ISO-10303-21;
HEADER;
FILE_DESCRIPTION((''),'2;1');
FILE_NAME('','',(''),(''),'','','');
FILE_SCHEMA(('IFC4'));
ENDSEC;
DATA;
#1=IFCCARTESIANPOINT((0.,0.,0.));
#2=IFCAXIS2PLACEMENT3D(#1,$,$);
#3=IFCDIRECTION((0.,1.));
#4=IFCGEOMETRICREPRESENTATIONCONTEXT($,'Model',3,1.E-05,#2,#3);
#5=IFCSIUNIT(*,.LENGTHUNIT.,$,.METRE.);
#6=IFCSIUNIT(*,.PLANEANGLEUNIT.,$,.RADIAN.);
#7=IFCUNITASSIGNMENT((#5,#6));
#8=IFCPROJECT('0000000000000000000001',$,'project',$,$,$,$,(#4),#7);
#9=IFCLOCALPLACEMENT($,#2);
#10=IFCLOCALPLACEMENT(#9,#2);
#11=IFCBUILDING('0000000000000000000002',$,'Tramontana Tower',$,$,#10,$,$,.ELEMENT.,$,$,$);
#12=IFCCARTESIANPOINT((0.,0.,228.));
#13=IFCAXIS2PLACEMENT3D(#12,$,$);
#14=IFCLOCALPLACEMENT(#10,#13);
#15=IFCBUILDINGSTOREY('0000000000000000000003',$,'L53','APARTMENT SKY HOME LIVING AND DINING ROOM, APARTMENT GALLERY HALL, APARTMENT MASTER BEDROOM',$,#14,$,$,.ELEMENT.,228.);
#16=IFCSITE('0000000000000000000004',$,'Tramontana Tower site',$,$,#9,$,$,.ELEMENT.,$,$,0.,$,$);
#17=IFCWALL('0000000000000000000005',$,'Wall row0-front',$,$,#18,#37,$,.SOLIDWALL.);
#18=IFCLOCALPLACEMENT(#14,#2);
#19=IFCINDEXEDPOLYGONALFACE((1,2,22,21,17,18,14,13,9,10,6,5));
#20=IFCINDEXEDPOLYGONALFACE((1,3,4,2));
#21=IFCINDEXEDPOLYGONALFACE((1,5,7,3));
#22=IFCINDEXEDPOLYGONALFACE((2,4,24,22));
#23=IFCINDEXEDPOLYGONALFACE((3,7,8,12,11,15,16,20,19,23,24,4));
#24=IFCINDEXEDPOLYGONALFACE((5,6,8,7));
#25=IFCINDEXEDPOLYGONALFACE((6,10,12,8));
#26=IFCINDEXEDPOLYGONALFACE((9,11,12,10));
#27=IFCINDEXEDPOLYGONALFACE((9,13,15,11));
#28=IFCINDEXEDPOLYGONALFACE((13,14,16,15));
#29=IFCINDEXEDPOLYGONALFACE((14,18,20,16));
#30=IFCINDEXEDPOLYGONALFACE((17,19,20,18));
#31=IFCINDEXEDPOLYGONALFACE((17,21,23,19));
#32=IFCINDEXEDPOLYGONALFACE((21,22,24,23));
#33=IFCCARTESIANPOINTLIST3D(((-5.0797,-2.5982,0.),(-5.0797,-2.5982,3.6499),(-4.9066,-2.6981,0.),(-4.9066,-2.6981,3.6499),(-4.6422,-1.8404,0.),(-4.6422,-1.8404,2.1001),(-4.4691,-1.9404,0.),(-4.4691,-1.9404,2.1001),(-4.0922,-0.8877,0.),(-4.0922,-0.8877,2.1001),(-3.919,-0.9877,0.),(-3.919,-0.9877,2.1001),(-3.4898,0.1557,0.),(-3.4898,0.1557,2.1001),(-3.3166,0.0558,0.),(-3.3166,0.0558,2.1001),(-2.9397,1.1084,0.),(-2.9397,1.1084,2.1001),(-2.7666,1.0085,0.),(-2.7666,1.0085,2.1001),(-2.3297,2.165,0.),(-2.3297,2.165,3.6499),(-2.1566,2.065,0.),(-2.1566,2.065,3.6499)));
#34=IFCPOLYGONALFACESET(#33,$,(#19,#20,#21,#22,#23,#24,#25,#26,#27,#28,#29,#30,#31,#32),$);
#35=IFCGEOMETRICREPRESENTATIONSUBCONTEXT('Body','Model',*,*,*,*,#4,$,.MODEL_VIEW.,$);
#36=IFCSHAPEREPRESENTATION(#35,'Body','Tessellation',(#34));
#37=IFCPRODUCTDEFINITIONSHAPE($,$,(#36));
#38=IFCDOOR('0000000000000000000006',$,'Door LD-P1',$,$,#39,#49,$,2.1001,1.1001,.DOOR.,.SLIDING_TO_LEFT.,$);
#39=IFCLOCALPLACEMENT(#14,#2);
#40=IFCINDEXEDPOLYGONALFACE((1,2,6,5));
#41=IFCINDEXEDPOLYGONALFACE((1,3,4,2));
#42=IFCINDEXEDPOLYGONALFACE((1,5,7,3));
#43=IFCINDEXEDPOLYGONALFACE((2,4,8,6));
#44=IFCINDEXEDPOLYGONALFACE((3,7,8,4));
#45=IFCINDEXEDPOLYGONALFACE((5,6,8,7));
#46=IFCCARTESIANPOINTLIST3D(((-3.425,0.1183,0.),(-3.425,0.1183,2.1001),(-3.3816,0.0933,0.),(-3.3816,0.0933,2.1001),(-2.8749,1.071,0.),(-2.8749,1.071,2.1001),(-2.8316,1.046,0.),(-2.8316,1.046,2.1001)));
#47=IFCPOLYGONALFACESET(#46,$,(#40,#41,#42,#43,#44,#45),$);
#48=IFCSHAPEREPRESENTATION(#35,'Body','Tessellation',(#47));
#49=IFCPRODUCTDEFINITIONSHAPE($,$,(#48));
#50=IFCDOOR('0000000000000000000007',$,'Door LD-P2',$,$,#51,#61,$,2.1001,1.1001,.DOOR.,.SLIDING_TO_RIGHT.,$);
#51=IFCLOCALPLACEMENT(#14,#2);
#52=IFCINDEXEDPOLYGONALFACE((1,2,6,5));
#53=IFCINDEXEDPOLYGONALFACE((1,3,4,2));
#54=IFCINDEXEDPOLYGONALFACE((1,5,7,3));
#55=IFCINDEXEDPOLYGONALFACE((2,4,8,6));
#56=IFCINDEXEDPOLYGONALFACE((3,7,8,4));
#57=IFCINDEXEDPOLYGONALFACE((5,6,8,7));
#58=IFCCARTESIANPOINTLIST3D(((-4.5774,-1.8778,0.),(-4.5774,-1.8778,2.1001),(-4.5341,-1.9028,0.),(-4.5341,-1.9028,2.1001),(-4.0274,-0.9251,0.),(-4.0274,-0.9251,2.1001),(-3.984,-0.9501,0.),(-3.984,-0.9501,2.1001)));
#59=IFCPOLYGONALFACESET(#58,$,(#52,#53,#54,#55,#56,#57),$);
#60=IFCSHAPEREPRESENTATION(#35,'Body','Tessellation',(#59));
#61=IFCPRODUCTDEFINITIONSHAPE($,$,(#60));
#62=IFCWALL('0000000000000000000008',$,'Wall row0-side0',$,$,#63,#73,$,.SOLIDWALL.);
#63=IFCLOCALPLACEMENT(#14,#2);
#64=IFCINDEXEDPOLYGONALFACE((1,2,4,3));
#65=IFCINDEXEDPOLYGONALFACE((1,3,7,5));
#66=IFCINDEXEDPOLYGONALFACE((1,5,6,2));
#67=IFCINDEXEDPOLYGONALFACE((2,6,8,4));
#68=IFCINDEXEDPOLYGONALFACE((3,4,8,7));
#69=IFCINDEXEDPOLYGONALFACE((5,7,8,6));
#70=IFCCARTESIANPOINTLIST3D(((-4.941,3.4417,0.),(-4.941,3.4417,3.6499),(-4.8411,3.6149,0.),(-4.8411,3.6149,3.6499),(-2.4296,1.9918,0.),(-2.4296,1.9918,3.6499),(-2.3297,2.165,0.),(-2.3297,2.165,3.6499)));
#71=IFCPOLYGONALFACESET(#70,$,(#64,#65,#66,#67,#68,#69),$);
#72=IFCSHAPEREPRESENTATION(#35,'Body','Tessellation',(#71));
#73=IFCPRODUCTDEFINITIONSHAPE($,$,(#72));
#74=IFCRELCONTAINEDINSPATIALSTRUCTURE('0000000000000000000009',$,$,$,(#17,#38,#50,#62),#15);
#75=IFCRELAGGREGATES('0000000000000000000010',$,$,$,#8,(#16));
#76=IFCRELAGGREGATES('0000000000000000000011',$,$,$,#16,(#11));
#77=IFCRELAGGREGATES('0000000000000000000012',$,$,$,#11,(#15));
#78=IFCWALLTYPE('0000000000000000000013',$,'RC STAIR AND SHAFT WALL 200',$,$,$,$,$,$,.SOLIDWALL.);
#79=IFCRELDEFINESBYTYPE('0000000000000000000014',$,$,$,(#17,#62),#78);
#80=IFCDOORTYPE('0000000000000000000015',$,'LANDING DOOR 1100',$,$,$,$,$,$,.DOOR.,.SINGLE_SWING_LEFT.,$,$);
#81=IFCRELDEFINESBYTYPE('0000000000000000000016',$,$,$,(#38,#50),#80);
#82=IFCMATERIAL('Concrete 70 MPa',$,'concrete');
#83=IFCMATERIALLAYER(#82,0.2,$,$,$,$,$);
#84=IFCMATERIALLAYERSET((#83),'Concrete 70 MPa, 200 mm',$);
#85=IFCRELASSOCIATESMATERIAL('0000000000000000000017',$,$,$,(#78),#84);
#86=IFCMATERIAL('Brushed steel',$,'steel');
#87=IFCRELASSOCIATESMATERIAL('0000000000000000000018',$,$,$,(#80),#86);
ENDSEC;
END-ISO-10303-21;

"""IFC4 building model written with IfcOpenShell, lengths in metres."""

from ifc_helpers import new_model, si_unit, direction, frame, frame_2d, origin, place, context, subcontext, project, spatial, rectangle, extrude, material, layer, layer_set, type_object, element, fill, save


model = new_model("IFC4")

# Units and contexts
model_context = context("Model", 3, precision=1e-05, world=origin(), true_north=direction((0.0, 1.0)))
body_context = subcontext(model_context, "Body", "Model", "MODEL_VIEW")
ifc_project = project(units=[si_unit("LENGTHUNIT", "METRE"), si_unit("PLANEANGLEUNIT", "RADIAN")], contexts=[model_context])

# Site, building, storey
site_placement = place(None, origin())
site = spatial("IfcSite", under=ifc_project, at=site_placement, Name="Tramontana Tower site", CompositionType="ELEMENT", RefElevation=0.0)
building_placement = place(site_placement, origin())
building = spatial("IfcBuilding", under=site, at=building_placement, Name="Tramontana Tower", CompositionType="ELEMENT")
storey_placement = place(building_placement, frame((0.0, 0.0, 228.0)))
storey = spatial("IfcBuildingStorey", under=building, at=storey_placement, Name="L53", Description="APARTMENT SKY HOME LIVING AND DINING ROOM, APARTMENT GALLERY HALL, APARTMENT MASTER BEDROOM", CompositionType="ELEMENT", Elevation=228.0)

# Wall, openings, doors
ifc_material_1 = material(Name="Concrete 70 MPa", Category="concrete")
ifc_layer_1 = layer(ifc_material_1, 0.2)
ifc_layer_set_1 = layer_set([ifc_layer_1], Name="Concrete 70 MPa, 200 mm")
wall_type_1 = type_object("IfcWallType", Name="RC STAIR AND SHAFT WALL 200", PredefinedType="SOLIDWALL", material=ifc_layer_set_1)
wall_1_placement = place(storey_placement, frame((-2.2432, 2.115, 0.0), z_axis=(0.0, 0.0, 1.0), x_axis=(-0.499997, -0.866027, 0.0)))
wall_1 = element("IfcWall", 1, at=wall_1_placement, inside=storey, type_object=wall_type_1, Name="Wall row0-front", PredefinedType="SOLIDWALL", context=body_context, shape_type="SweptSolid", body=[
    extrude(rectangle(XDim=5.5, YDim=0.2, at=frame_2d((2.75, 0.0))), origin(), (0.0, 0.0, 1.0), 3.6499),
])
opening_1_placement = place(wall_1_placement, frame((1.22, 0.0, 0.0)))
opening_1 = element("IfcOpeningElement", 2, at=opening_1_placement, cuts=wall_1, PredefinedType="OPENING", context=body_context, shape_type="SweptSolid", body=[
    extrude(rectangle(XDim=1.1001, YDim=2.1001, at=frame_2d((0.55, 1.05))), frame((0.0, 0.1099, 0.0), z_axis=(0.0, -1.0, 0.0), x_axis=(1.0, 0.0, 0.0)), (0.0, 0.0, 1.0), 0.22),
])
opening_2_placement = place(wall_1_placement, frame((3.5249, 0.0, 0.0)))
opening_2 = element("IfcOpeningElement", 3, at=opening_2_placement, cuts=wall_1, PredefinedType="OPENING", context=body_context, shape_type="SweptSolid", body=[
    extrude(rectangle(XDim=1.1001, YDim=2.1001, at=frame_2d((0.55, 1.05))), frame((0.0, 0.1099, 0.0), z_axis=(0.0, -1.0, 0.0), x_axis=(1.0, 0.0, 0.0)), (0.0, 0.0, 1.0), 0.22),
])
ifc_material_2 = material(Name="Brushed steel", Category="steel")
door_type_1 = type_object("IfcDoorType", Name="LANDING DOOR 1100", OperationType="SINGLE_SWING_LEFT", PredefinedType="DOOR", material=ifc_material_2)
door_1_placement = place(opening_1_placement, origin())
door_1 = element("IfcDoor", 4, at=door_1_placement, inside=storey, type_object=door_type_1, Name="Door LD-P1", OperationType="SLIDING_TO_LEFT", OverallHeight=2.1001, OverallWidth=1.1001, PredefinedType="DOOR", context=body_context, shape_type="SweptSolid", body=[
    extrude(rectangle(XDim=1.1001, YDim=2.1001, at=frame_2d((0.55, 1.05))), frame((0.0, 0.0249, 0.0), z_axis=(0.0, -1.0, 0.0), x_axis=(1.0, 0.0, 0.0)), (0.0, 0.0, 1.0), 0.05),
])
fill(opening_1, door_1)
door_2_placement = place(opening_2_placement, origin())
door_2 = element("IfcDoor", 5, at=door_2_placement, inside=storey, type_object=door_type_1, Name="Door LD-P2", OperationType="SLIDING_TO_RIGHT", OverallHeight=2.1001, OverallWidth=1.1001, PredefinedType="DOOR", context=body_context, shape_type="SweptSolid", body=[
    extrude(rectangle(XDim=1.1001, YDim=2.1001, at=frame_2d((0.55, 1.05))), frame((0.0, 0.0249, 0.0), z_axis=(0.0, -1.0, 0.0), x_axis=(1.0, 0.0, 0.0)), (0.0, 0.0, 1.0), 0.05),
])
fill(opening_2, door_2)

# Wall
wall_2_placement = place(storey_placement, frame((-2.3796, 2.0784, 0.0), z_axis=(0.0, 0.0, 1.0), x_axis=(-0.866033, 0.499987, 0.0)))
element("IfcWall", 6, at=wall_2_placement, inside=storey, type_object=wall_type_1, Name="Wall row0-side0", PredefinedType="SOLIDWALL", context=body_context, shape_type="SweptSolid", body=[
    extrude(rectangle(XDim=2.8999, YDim=0.2, at=frame_2d((1.45, 0.0))), origin(), (0.0, 0.0, 1.0), 3.6499),
])

save(model, "model.ifc")
